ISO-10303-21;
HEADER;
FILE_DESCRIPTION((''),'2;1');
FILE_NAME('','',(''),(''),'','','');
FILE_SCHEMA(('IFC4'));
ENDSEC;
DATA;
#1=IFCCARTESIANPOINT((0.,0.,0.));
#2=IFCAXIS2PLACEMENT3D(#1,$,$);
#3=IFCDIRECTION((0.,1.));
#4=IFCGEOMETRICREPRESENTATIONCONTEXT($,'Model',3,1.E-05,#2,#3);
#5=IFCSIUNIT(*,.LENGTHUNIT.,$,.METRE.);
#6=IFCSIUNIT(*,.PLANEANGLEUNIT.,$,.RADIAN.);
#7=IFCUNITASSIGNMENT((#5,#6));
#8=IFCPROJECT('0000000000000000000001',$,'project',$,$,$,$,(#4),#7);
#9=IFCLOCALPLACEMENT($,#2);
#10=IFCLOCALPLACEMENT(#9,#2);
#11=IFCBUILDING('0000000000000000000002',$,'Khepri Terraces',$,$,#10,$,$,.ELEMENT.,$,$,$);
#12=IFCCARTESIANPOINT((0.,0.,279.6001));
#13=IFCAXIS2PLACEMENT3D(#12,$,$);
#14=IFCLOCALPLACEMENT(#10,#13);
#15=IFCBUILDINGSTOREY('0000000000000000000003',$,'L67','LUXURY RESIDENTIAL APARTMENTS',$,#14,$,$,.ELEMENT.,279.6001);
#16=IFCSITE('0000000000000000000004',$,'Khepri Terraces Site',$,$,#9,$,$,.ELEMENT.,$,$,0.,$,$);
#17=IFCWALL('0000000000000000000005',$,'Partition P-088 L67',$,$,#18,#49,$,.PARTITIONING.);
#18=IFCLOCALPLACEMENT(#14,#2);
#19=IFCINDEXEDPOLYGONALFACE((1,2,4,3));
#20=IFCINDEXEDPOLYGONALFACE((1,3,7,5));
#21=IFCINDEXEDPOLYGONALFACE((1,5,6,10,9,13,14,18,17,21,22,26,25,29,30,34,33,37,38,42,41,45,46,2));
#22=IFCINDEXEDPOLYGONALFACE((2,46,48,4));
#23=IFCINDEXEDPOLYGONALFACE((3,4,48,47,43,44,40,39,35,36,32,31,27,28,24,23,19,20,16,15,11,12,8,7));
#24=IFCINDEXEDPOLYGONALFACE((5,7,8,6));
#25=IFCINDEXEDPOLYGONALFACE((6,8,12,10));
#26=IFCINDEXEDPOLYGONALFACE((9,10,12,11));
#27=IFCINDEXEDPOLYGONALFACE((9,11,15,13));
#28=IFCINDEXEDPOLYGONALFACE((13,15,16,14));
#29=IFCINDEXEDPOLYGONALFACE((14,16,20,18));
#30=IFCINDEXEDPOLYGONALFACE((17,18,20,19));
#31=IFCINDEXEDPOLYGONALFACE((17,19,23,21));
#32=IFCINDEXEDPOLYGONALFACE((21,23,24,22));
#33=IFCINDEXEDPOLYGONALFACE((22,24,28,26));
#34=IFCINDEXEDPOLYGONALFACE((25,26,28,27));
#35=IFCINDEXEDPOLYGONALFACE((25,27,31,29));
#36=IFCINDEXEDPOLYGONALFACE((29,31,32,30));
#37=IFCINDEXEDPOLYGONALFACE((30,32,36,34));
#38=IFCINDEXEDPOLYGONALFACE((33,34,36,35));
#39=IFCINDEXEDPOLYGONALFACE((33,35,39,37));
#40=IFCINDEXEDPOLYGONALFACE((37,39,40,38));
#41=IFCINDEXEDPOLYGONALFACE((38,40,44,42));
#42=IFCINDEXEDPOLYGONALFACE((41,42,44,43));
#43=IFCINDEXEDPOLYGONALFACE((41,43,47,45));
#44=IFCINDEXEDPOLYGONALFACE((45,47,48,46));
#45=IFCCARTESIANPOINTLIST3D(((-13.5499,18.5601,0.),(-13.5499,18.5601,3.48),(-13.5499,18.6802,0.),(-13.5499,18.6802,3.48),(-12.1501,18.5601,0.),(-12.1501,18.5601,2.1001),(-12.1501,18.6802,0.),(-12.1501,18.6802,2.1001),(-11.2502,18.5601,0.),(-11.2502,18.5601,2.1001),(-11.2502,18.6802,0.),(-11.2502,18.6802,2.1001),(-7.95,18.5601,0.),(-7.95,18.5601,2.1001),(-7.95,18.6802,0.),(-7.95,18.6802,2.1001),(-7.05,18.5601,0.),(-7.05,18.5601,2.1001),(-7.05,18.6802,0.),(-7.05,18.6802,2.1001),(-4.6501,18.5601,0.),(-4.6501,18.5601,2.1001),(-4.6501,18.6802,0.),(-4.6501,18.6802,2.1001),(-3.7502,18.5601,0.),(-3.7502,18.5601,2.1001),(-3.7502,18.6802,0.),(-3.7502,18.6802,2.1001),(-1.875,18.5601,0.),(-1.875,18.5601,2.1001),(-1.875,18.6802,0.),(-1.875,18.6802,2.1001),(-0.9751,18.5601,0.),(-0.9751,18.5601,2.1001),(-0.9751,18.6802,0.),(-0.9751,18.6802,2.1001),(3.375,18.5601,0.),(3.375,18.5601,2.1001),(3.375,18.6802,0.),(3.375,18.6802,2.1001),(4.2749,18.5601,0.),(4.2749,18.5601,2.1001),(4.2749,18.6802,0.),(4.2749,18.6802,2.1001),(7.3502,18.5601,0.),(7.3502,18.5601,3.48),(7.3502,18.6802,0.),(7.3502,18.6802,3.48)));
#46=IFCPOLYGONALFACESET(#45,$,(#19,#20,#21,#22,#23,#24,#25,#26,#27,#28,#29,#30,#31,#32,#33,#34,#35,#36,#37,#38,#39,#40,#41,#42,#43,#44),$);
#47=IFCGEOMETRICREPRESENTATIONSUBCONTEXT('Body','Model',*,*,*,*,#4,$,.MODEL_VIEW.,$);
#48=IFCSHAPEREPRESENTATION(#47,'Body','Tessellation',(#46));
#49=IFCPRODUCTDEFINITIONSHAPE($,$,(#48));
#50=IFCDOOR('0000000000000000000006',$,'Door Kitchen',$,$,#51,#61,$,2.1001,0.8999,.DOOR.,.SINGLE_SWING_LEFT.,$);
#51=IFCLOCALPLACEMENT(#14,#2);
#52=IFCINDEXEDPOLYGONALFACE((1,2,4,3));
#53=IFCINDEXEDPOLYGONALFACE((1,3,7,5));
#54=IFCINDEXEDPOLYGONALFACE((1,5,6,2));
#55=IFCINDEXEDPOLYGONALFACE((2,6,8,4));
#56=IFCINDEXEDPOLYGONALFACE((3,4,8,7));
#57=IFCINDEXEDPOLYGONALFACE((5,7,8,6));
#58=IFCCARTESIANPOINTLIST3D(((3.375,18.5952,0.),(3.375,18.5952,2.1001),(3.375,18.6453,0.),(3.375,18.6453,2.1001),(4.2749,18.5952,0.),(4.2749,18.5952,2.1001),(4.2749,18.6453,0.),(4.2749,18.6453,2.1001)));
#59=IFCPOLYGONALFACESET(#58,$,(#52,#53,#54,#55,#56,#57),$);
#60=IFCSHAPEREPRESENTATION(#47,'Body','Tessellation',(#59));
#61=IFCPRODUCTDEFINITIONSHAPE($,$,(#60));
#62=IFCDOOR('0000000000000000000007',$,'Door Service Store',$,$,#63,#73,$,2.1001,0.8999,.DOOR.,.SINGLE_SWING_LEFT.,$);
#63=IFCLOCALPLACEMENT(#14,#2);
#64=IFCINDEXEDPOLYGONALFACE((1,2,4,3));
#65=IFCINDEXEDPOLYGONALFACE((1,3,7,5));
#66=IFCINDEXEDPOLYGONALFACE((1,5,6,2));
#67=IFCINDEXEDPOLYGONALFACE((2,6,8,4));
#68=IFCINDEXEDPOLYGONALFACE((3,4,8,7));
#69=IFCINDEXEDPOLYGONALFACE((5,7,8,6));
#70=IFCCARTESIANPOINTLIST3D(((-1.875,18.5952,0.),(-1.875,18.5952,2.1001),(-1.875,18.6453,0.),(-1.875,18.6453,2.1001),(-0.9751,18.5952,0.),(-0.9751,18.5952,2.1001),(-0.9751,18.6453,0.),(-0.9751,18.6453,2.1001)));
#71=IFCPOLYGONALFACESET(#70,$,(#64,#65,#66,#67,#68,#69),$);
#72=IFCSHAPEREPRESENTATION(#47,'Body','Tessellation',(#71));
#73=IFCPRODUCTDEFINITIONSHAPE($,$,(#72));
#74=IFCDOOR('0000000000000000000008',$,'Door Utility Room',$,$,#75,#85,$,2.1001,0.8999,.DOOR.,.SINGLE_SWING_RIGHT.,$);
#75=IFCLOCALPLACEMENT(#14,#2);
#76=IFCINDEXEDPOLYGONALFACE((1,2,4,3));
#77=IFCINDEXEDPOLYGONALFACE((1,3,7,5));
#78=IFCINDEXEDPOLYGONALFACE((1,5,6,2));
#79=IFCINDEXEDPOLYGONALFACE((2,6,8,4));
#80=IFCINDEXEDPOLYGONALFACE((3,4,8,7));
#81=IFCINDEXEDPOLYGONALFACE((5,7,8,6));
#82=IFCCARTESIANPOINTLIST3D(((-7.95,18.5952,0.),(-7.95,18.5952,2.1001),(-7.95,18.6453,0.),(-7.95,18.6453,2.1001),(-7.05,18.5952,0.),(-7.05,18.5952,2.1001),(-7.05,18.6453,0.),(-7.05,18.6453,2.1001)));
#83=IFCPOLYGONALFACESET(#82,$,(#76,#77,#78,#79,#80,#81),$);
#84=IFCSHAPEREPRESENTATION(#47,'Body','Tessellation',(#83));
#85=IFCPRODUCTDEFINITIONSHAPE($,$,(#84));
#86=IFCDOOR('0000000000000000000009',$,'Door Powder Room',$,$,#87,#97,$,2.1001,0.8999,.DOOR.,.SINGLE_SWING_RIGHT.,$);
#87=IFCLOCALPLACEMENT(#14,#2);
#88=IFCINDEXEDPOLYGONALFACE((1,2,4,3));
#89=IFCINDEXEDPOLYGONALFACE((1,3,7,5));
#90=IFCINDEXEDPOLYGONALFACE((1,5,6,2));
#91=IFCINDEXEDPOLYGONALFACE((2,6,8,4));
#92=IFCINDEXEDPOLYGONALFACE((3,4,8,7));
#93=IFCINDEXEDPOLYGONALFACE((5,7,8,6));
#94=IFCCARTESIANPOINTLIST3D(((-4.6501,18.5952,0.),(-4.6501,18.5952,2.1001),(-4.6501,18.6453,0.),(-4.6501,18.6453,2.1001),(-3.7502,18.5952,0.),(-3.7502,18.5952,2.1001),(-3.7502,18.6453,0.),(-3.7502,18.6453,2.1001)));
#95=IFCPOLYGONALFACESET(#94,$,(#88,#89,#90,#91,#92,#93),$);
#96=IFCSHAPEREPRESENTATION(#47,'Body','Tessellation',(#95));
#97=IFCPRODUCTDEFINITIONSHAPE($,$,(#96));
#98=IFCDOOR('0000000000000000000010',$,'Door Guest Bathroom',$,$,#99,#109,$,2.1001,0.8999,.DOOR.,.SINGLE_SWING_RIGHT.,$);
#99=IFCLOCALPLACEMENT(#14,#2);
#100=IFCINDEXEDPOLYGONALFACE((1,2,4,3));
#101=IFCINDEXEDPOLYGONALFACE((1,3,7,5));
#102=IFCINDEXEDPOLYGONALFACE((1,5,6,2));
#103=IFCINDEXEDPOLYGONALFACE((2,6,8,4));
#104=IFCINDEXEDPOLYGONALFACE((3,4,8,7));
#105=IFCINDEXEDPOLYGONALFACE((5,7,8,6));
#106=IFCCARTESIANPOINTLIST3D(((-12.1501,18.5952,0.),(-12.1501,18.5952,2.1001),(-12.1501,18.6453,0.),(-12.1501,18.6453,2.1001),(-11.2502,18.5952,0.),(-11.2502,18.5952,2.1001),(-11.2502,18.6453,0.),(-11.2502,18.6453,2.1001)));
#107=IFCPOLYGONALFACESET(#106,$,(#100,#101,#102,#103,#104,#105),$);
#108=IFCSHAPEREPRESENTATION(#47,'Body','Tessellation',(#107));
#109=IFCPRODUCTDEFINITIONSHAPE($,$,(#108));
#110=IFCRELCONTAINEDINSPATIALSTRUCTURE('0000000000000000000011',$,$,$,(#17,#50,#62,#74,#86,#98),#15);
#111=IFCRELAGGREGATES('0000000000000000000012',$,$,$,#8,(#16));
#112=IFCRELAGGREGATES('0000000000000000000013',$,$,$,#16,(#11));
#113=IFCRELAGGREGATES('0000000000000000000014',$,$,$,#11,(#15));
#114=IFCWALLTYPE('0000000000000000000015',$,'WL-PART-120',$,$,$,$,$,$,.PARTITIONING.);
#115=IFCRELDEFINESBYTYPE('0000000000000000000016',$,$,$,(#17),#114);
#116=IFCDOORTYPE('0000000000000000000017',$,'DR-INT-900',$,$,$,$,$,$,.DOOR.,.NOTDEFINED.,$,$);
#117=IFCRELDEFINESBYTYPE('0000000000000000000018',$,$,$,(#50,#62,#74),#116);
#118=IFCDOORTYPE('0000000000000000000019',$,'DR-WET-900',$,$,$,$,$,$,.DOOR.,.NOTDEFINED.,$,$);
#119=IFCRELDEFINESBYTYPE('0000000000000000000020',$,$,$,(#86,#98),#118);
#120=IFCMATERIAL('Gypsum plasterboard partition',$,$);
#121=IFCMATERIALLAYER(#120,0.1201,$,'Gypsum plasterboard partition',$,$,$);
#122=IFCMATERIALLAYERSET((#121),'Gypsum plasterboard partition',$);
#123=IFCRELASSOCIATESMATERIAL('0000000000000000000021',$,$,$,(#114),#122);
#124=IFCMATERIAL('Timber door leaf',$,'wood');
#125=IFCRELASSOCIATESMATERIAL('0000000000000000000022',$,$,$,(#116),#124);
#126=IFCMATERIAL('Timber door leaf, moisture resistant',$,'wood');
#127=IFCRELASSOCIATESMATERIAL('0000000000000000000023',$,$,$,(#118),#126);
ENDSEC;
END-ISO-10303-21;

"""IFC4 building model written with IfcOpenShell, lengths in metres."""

from ifc_helpers import new_model, si_unit, direction, frame, frame_2d, origin, place, context, subcontext, project, spatial, rectangle, extrude, material, layer, layer_set, type_object, element, fill, save


model = new_model("IFC4")

# Units and contexts
model_context = context("Model", 3, precision=1e-05, world=origin(), true_north=direction((0.0, 1.0)))
body_context = subcontext(model_context, "Body", "Model", "MODEL_VIEW")
ifc_project = project(units=[si_unit("LENGTHUNIT", "METRE"), si_unit("PLANEANGLEUNIT", "RADIAN")], contexts=[model_context])

# Site, building, storey
site_placement = place(None, origin())
site = spatial("IfcSite", under=ifc_project, at=site_placement, Name="Khepri Terraces Site", CompositionType="ELEMENT", RefElevation=0.0)
building_placement = place(site_placement, origin())
building = spatial("IfcBuilding", under=site, at=building_placement, Name="Khepri Terraces", CompositionType="ELEMENT")
storey_placement = place(building_placement, frame((0.0, 0.0, 279.6001)))
storey = spatial("IfcBuildingStorey", under=building, at=storey_placement, Name="L67", Description="LUXURY RESIDENTIAL APARTMENTS", CompositionType="ELEMENT", Elevation=279.6001)

# Wall, openings, doors
ifc_material_1 = material(Name="Gypsum plasterboard partition")
ifc_layer_1 = layer(ifc_material_1, 0.1201, Name="Gypsum plasterboard partition")
ifc_layer_set_1 = layer_set([ifc_layer_1], Name="Gypsum plasterboard partition")
wall_type_1 = type_object("IfcWallType", Name="WL-PART-120", PredefinedType="PARTITIONING", material=ifc_layer_set_1)
wall_1_placement = place(storey_placement, frame((-13.55, 18.6201, 0.0), z_axis=(0.0, 0.0, 1.0), x_axis=(1.0, 0.0, 0.0)))
wall_1 = element("IfcWall", 1, at=wall_1_placement, inside=storey, type_object=wall_type_1, Name="Partition P-088 L67", PredefinedType="PARTITIONING", context=body_context, shape_type="SweptSolid", body=[
    extrude(rectangle(XDim=20.9001, YDim=0.1201, at=frame_2d((10.4502, 0.0))), origin(), (0.0, 0.0, 1.0), 3.48),
])
opening_1_placement = place(wall_1_placement, frame((16.925, 0.0, 0.0)))
opening_1 = element("IfcOpeningElement", 2, at=opening_1_placement, cuts=wall_1, PredefinedType="OPENING", context=body_context, shape_type="SweptSolid", body=[
    extrude(rectangle(XDim=0.8999, YDim=2.1001, at=frame_2d((0.45, 1.05))), frame((0.0, 0.0701, 0.0), z_axis=(0.0, -1.0, 0.0), x_axis=(1.0, 0.0, 0.0)), (0.0, 0.0, 1.0), 0.1401),
])
opening_2_placement = place(wall_1_placement, frame((11.675, 0.0, 0.0)))
opening_2 = element("IfcOpeningElement", 3, at=opening_2_placement, cuts=wall_1, PredefinedType="OPENING", context=body_context, shape_type="SweptSolid", body=[
    extrude(rectangle(XDim=0.8999, YDim=2.1001, at=frame_2d((0.45, 1.05))), frame((0.0, 0.0701, 0.0), z_axis=(0.0, -1.0, 0.0), x_axis=(1.0, 0.0, 0.0)), (0.0, 0.0, 1.0), 0.1401),
])
opening_3_placement = place(wall_1_placement, frame((8.8999, 0.0, 0.0)))
opening_3 = element("IfcOpeningElement", 4, at=opening_3_placement, cuts=wall_1, PredefinedType="OPENING", context=body_context, shape_type="SweptSolid", body=[
    extrude(rectangle(XDim=0.8999, YDim=2.1001, at=frame_2d((0.45, 1.05))), frame((0.0, 0.0701, 0.0), z_axis=(0.0, -1.0, 0.0), x_axis=(1.0, 0.0, 0.0)), (0.0, 0.0, 1.0), 0.1401),
])
opening_4_placement = place(wall_1_placement, frame((5.6001, 0.0, 0.0)))
opening_4 = element("IfcOpeningElement", 5, at=opening_4_placement, cuts=wall_1, PredefinedType="OPENING", context=body_context, shape_type="SweptSolid", body=[
    extrude(rectangle(XDim=0.8999, YDim=2.1001, at=frame_2d((0.45, 1.05))), frame((0.0, 0.0701, 0.0), z_axis=(0.0, -1.0, 0.0), x_axis=(1.0, 0.0, 0.0)), (0.0, 0.0, 1.0), 0.1401),
])
opening_5_placement = place(wall_1_placement, frame((1.3999, 0.0, 0.0)))
opening_5 = element("IfcOpeningElement", 6, at=opening_5_placement, cuts=wall_1, PredefinedType="OPENING", context=body_context, shape_type="SweptSolid", body=[
    extrude(rectangle(XDim=0.8999, YDim=2.1001, at=frame_2d((0.45, 1.05))), frame((0.0, 0.0701, 0.0), z_axis=(0.0, -1.0, 0.0), x_axis=(1.0, 0.0, 0.0)), (0.0, 0.0, 1.0), 0.1401),
])
ifc_material_2 = material(Name="Timber door leaf", Category="wood")
door_type_1 = type_object("IfcDoorType", Name="DR-INT-900", OperationType="NOTDEFINED", PredefinedType="DOOR", material=ifc_material_2)
door_1_placement = place(opening_1_placement, frame((0.8999, 0.0, 0.0), z_axis=(0.0, 0.0, 1.0), x_axis=(-1.0, 0.0, 0.0)))
door_1 = element("IfcDoor", 7, at=door_1_placement, inside=storey, type_object=door_type_1, Name="Door Kitchen", OperationType="SINGLE_SWING_LEFT", OverallHeight=2.1001, OverallWidth=0.8999, PredefinedType="DOOR", context=body_context, shape_type="SweptSolid", body=[
    extrude(rectangle(XDim=0.8999, YDim=2.1001, at=frame_2d((0.45, 1.05))), frame((0.0, 0.0249, 0.0), z_axis=(0.0, -1.0, 0.0), x_axis=(1.0, 0.0, 0.0)), (0.0, 0.0, 1.0), 0.05),
])
fill(opening_1, door_1)
door_2_placement = place(opening_2_placement, frame((0.8999, 0.0, 0.0), z_axis=(0.0, 0.0, 1.0), x_axis=(-1.0, 0.0, 0.0)))
door_2 = element("IfcDoor", 8, at=door_2_placement, inside=storey, type_object=door_type_1, Name="Door Service Store", OperationType="SINGLE_SWING_LEFT", OverallHeight=2.1001, OverallWidth=0.8999, PredefinedType="DOOR", context=body_context, shape_type="SweptSolid", body=[
    extrude(rectangle(XDim=0.8999, YDim=2.1001, at=frame_2d((0.45, 1.05))), frame((0.0, 0.0249, 0.0), z_axis=(0.0, -1.0, 0.0), x_axis=(1.0, 0.0, 0.0)), (0.0, 0.0, 1.0), 0.05),
])
fill(opening_2, door_2)
door_3_placement = place(opening_4_placement, frame((0.8999, 0.0, 0.0), z_axis=(0.0, 0.0, 1.0), x_axis=(-1.0, 0.0, 0.0)))
door_3 = element("IfcDoor", 9, at=door_3_placement, inside=storey, type_object=door_type_1, Name="Door Utility Room", OperationType="SINGLE_SWING_RIGHT", OverallHeight=2.1001, OverallWidth=0.8999, PredefinedType="DOOR", context=body_context, shape_type="SweptSolid", body=[
    extrude(rectangle(XDim=0.8999, YDim=2.1001, at=frame_2d((0.45, 1.05))), frame((0.0, 0.0249, 0.0), z_axis=(0.0, -1.0, 0.0), x_axis=(1.0, 0.0, 0.0)), (0.0, 0.0, 1.0), 0.05),
])
fill(opening_4, door_3)
ifc_material_3 = material(Name="Timber door leaf, moisture resistant", Category="wood")
door_type_2 = type_object("IfcDoorType", Name="DR-WET-900", OperationType="NOTDEFINED", PredefinedType="DOOR", material=ifc_material_3)
door_4_placement = place(opening_3_placement, frame((0.8999, 0.0, 0.0), z_axis=(0.0, 0.0, 1.0), x_axis=(-1.0, 0.0, 0.0)))
door_4 = element("IfcDoor", 10, at=door_4_placement, inside=storey, type_object=door_type_2, Name="Door Powder Room", OperationType="SINGLE_SWING_RIGHT", OverallHeight=2.1001, OverallWidth=0.8999, PredefinedType="DOOR", context=body_context, shape_type="SweptSolid", body=[
    extrude(rectangle(XDim=0.8999, YDim=2.1001, at=frame_2d((0.45, 1.05))), frame((0.0, 0.0249, 0.0), z_axis=(0.0, -1.0, 0.0), x_axis=(1.0, 0.0, 0.0)), (0.0, 0.0, 1.0), 0.05),
])
fill(opening_3, door_4)
door_5_placement = place(opening_5_placement, frame((0.8999, 0.0, 0.0), z_axis=(0.0, 0.0, 1.0), x_axis=(-1.0, 0.0, 0.0)))
door_5 = element("IfcDoor", 11, at=door_5_placement, inside=storey, type_object=door_type_2, Name="Door Guest Bathroom", OperationType="SINGLE_SWING_RIGHT", OverallHeight=2.1001, OverallWidth=0.8999, PredefinedType="DOOR", context=body_context, shape_type="SweptSolid", body=[
    extrude(rectangle(XDim=0.8999, YDim=2.1001, at=frame_2d((0.45, 1.05))), frame((0.0, 0.0249, 0.0), z_axis=(0.0, -1.0, 0.0), x_axis=(1.0, 0.0, 0.0)), (0.0, 0.0, 1.0), 0.05),
])
fill(opening_5, door_5)

save(model, "model.ifc")
